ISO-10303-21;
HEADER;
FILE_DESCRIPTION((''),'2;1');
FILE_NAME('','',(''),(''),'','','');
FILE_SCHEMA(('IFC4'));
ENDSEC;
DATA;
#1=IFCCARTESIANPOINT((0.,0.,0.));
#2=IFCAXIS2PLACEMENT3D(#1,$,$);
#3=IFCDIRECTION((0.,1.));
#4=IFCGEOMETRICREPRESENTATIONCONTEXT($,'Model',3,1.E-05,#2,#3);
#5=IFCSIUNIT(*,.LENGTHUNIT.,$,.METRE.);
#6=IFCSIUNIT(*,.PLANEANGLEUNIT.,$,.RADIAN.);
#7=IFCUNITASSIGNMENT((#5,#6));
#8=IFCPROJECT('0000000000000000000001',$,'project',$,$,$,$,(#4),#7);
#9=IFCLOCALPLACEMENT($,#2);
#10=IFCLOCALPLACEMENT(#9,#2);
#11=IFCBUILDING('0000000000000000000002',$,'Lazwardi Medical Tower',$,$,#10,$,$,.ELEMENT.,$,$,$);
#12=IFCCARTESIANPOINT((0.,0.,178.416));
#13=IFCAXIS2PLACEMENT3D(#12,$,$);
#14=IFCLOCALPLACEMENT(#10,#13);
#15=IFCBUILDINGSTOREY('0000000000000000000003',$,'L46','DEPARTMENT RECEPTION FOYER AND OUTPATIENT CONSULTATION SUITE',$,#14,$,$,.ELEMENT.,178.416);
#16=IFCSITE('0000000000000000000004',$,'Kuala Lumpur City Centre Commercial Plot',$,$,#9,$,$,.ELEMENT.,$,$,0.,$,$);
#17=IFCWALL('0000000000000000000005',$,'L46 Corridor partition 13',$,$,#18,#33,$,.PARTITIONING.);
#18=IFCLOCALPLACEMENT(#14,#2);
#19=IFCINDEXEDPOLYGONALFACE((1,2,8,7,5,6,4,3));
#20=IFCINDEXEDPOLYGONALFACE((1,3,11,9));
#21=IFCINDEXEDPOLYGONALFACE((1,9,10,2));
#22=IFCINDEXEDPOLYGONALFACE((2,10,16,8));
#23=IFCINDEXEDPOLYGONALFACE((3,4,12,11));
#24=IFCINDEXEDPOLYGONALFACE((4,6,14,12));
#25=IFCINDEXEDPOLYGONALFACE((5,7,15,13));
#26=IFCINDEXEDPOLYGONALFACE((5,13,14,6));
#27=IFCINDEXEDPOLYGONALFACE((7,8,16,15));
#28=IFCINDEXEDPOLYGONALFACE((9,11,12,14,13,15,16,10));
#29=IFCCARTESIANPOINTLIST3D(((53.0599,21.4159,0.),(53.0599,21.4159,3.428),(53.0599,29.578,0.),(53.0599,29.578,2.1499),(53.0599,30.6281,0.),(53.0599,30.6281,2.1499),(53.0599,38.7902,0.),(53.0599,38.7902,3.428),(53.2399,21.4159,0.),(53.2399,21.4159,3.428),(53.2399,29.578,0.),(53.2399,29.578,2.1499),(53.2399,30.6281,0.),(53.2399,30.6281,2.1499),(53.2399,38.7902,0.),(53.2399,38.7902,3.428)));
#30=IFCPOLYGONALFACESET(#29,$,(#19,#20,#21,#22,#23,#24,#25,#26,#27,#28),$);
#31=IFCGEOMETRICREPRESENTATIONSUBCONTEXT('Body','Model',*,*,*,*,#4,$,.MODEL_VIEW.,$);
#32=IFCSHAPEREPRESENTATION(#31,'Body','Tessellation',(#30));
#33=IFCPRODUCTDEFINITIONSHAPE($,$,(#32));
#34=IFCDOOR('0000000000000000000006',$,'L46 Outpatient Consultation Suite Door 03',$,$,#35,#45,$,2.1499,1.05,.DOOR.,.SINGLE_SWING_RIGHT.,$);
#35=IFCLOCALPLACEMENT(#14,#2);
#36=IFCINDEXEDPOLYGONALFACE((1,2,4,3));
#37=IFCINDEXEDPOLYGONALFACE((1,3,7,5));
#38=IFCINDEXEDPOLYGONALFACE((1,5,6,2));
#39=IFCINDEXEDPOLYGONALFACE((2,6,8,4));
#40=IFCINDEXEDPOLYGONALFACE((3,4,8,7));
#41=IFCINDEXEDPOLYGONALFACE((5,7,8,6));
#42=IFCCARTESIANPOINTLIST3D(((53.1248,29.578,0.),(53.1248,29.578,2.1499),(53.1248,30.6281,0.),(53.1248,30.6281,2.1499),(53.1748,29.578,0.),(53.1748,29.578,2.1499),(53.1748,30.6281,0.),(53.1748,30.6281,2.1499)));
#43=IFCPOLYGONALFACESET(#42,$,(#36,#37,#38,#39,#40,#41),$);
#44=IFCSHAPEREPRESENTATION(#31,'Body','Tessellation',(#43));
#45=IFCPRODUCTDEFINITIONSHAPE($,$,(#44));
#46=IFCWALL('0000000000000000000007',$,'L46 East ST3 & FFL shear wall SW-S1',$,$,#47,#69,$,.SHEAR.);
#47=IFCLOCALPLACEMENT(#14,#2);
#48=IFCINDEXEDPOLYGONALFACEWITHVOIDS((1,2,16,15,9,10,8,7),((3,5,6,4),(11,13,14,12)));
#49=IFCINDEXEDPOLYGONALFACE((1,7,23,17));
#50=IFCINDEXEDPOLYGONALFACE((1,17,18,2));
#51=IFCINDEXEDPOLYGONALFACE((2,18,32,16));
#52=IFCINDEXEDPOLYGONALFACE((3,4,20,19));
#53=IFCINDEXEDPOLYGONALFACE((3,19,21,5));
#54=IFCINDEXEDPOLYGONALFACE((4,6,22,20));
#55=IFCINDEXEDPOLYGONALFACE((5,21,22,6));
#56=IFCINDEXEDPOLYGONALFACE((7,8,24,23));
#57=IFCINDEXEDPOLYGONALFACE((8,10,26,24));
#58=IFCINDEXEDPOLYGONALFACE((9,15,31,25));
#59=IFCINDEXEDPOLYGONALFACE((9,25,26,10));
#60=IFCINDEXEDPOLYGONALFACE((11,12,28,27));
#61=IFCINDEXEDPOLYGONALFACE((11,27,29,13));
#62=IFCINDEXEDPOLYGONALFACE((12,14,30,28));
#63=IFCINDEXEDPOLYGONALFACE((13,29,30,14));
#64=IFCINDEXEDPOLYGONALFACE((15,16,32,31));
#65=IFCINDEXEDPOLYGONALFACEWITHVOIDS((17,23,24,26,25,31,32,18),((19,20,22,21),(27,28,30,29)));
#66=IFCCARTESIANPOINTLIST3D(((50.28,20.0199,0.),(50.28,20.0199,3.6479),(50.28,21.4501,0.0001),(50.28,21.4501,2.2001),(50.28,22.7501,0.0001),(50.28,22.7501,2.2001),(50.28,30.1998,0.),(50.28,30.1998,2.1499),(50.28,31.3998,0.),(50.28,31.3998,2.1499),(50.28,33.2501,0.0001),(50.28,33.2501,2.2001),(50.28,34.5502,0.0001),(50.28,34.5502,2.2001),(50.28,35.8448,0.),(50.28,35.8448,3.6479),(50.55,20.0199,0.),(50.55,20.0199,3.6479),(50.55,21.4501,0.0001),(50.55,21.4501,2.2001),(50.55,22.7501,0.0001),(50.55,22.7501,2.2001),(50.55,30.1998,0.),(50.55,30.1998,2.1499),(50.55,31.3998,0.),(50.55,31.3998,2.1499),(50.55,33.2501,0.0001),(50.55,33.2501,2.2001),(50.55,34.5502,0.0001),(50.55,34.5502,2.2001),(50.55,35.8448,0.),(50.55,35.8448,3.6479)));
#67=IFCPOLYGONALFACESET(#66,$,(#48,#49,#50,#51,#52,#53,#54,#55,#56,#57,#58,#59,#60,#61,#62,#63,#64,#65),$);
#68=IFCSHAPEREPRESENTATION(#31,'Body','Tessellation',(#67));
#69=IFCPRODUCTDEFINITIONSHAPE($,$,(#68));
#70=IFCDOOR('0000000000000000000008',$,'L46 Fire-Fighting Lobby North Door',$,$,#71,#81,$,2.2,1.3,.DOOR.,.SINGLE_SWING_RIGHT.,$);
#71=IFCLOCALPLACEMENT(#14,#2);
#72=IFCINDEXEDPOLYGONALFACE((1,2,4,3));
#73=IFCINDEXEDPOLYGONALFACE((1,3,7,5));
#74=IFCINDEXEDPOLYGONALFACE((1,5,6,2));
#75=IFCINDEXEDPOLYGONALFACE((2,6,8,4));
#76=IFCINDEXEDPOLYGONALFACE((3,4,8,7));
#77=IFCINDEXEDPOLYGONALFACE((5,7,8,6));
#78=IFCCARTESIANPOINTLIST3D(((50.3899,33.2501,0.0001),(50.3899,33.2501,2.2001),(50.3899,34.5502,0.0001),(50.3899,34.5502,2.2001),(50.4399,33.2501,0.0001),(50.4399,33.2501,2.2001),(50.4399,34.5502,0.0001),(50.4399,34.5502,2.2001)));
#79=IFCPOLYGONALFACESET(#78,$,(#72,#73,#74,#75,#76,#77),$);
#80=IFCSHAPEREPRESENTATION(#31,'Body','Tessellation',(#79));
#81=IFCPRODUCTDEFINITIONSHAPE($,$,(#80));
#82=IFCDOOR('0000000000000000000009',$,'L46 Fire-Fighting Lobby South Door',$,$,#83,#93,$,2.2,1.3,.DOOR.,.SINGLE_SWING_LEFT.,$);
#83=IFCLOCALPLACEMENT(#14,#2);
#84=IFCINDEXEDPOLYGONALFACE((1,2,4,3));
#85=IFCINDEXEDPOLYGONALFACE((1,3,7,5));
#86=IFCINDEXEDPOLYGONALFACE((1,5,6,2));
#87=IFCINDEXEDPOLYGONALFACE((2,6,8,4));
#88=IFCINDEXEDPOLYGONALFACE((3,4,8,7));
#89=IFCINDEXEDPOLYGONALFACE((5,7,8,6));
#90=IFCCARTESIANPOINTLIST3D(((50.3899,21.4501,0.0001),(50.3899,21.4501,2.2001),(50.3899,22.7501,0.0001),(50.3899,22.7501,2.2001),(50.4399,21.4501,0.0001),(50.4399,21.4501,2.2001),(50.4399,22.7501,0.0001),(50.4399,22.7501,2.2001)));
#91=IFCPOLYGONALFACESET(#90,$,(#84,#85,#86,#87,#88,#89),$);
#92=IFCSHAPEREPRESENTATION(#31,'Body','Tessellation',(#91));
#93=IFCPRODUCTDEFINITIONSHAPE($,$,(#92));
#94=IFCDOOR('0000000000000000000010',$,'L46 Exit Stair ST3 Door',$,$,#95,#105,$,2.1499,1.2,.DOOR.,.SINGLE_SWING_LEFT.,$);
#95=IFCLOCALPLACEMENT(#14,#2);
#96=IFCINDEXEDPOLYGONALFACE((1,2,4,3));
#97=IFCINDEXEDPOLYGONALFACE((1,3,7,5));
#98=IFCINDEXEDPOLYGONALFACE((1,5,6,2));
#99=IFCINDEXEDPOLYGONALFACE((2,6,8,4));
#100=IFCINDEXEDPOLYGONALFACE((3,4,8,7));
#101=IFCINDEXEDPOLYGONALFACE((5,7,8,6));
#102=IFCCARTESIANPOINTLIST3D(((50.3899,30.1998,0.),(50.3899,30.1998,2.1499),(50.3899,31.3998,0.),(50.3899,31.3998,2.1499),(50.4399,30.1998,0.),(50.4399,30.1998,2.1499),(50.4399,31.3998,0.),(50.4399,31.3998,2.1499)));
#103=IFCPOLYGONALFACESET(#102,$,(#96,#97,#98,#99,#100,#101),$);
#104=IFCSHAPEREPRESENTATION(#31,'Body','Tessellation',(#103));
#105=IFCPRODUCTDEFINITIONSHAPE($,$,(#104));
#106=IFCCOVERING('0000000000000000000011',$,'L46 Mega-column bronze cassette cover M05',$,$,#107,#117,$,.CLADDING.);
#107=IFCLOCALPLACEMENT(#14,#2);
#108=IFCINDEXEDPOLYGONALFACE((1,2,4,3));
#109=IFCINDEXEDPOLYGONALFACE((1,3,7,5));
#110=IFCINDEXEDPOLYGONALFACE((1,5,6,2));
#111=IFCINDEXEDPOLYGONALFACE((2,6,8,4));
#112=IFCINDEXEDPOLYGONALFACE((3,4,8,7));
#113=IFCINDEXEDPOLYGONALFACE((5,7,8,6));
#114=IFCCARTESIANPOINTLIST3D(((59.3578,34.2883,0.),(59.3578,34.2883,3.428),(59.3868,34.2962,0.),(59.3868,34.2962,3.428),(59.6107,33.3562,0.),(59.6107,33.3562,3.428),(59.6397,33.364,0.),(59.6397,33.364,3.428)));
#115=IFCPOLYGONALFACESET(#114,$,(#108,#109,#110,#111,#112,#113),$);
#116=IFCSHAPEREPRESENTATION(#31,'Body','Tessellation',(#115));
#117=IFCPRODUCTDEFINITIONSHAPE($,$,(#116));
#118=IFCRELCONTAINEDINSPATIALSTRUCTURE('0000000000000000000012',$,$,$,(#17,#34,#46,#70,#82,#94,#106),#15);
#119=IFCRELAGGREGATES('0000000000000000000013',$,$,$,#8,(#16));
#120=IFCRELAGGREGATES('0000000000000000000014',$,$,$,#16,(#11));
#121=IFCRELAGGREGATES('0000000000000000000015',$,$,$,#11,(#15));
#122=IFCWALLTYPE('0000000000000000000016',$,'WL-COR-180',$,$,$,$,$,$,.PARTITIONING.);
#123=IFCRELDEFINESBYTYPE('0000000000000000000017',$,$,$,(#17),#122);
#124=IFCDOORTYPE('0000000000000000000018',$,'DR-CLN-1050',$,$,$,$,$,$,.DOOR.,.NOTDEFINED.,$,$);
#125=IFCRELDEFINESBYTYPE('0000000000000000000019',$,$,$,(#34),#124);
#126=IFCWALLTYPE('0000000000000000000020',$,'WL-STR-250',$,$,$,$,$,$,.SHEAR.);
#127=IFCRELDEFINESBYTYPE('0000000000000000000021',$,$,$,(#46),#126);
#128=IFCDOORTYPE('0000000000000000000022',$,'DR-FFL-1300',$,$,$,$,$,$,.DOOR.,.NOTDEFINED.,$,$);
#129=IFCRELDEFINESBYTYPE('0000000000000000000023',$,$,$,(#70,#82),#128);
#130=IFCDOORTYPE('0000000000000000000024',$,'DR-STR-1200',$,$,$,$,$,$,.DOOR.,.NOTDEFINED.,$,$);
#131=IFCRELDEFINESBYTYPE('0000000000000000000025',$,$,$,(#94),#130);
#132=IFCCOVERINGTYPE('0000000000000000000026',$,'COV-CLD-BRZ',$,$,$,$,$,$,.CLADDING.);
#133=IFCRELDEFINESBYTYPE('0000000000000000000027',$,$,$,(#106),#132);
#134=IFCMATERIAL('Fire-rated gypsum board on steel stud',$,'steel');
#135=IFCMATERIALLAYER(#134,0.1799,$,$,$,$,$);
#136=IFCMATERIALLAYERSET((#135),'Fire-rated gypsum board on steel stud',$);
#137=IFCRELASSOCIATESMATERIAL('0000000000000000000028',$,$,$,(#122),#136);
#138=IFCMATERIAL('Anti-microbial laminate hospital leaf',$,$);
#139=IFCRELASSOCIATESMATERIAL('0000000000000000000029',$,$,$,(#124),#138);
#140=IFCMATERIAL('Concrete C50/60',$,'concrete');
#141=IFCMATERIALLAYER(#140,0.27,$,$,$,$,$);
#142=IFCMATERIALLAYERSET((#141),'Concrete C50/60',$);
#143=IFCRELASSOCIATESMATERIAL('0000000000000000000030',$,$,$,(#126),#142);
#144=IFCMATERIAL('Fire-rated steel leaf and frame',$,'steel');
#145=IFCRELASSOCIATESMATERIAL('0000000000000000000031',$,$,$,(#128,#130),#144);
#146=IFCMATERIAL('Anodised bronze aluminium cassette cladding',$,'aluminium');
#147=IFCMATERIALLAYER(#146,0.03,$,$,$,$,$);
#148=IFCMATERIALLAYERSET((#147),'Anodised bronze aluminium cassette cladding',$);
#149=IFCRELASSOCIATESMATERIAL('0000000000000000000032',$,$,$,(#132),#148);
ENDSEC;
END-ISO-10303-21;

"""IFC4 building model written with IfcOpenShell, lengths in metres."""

from ifc_helpers import new_model, si_unit, direction, frame, frame_2d, origin, origin_2d, place, context, subcontext, project, spatial, rectangle, extrude, material, layer, layer_set, type_object, element, fill, save


model = new_model("IFC4")

# Units and contexts
model_context = context("Model", 3, precision=1e-05, world=origin(), true_north=direction((0.0, 1.0)))
body_context = subcontext(model_context, "Body", "Model", "MODEL_VIEW")
ifc_project = project(units=[si_unit("LENGTHUNIT", "METRE"), si_unit("PLANEANGLEUNIT", "RADIAN")], contexts=[model_context])

# Site, building, storey
site_placement = place(None, origin())
site = spatial("IfcSite", under=ifc_project, at=site_placement, Name="Kuala Lumpur City Centre Commercial Plot", CompositionType="ELEMENT", RefElevation=0.0)
building_placement = place(site_placement, origin())
building = spatial("IfcBuilding", under=site, at=building_placement, Name="Lazwardi Medical Tower", CompositionType="ELEMENT")
storey_placement = place(building_placement, frame((0.0, 0.0, 178.416)))
storey = spatial("IfcBuildingStorey", under=building, at=storey_placement, Name="L46", Description="DEPARTMENT RECEPTION FOYER AND OUTPATIENT CONSULTATION SUITE", CompositionType="ELEMENT", Elevation=178.416)

# Wall, opening, door
ifc_material_1 = material(Name="Fire-rated gypsum board on steel stud", Category="steel")
ifc_layer_1 = layer(ifc_material_1, 0.1799)
ifc_layer_set_1 = layer_set([ifc_layer_1], Name="Fire-rated gypsum board on steel stud")
wall_type_1 = type_object("IfcWallType", Name="WL-COR-180", PredefinedType="PARTITIONING", material=ifc_layer_set_1)
wall_1_placement = place(storey_placement, frame((53.1499, 38.79, 0.0), z_axis=(0.0, 0.0, 1.0), x_axis=(0.0, -1.0, 0.0)))
wall_1 = element("IfcWall", 1, at=wall_1_placement, inside=storey, type_object=wall_type_1, Name="L46 Corridor partition 13", PredefinedType="PARTITIONING", context=body_context, shape_type="SweptSolid", body=[
    extrude(rectangle(XDim=17.3743, YDim=0.1799, at=frame_2d((8.687, 0.0))), origin(), (0.0, 0.0, 1.0), 3.428),
])
opening_1_placement = place(wall_1_placement, frame((8.1621, 0.0, 0.0)))
opening_1 = element("IfcOpeningElement", 2, at=opening_1_placement, cuts=wall_1, PredefinedType="OPENING", context=body_context, shape_type="SweptSolid", body=[
    extrude(rectangle(XDim=1.05, YDim=2.1499, at=frame_2d((0.5249, 1.075))), frame((0.0, 0.0999, 0.0), z_axis=(0.0, -1.0, 0.0), x_axis=(1.0, 0.0, 0.0)), (0.0, 0.0, 1.0), 0.2),
])
ifc_material_2 = material(Name="Anti-microbial laminate hospital leaf")
door_type_1 = type_object("IfcDoorType", Name="DR-CLN-1050", OperationType="NOTDEFINED", PredefinedType="DOOR", material=ifc_material_2)
door_1_placement = place(opening_1_placement, origin())
door_1 = element("IfcDoor", 3, at=door_1_placement, inside=storey, type_object=door_type_1, Name="L46 Outpatient Consultation Suite Door 03", OperationType="SINGLE_SWING_RIGHT", OverallHeight=2.1499, OverallWidth=1.05, PredefinedType="DOOR", context=body_context, shape_type="SweptSolid", body=[
    extrude(rectangle(XDim=1.05, YDim=2.1499, at=frame_2d((0.5249, 1.075))), frame((0.0, 0.0249, 0.0), z_axis=(0.0, -1.0, 0.0), x_axis=(1.0, 0.0, 0.0)), (0.0, 0.0, 1.0), 0.05),
])
fill(opening_1, door_1)

# Wall, openings, doors
ifc_material_3 = material(Name="Concrete C50/60", Category="concrete")
ifc_layer_2 = layer(ifc_material_3, 0.27)
ifc_layer_set_2 = layer_set([ifc_layer_2], Name="Concrete C50/60")
wall_type_2 = type_object("IfcWallType", Name="WL-STR-250", PredefinedType="SHEAR", material=ifc_layer_set_2)
wall_2_placement = place(storey_placement, frame((50.415, 35.845, 0.0), z_axis=(0.0, 0.0, 1.0), x_axis=(0.0, -1.0, 0.0)))
wall_2 = element("IfcWall", 4, at=wall_2_placement, inside=storey, type_object=wall_type_2, Name="L46 East ST3 & FFL shear wall SW-S1", PredefinedType="SHEAR", context=body_context, shape_type="SweptSolid", body=[
    extrude(rectangle(XDim=15.825, YDim=0.27, at=frame_2d((7.9126, 0.0))), origin(), (0.0, 0.0, 1.0), 3.6479),
])
opening_2_placement = place(wall_2_placement, frame((4.4451, 0.0, 0.0)))
opening_2 = element("IfcOpeningElement", 5, at=opening_2_placement, cuts=wall_2, PredefinedType="OPENING", context=body_context, shape_type="SweptSolid", body=[
    extrude(rectangle(XDim=1.2, YDim=2.1499, at=frame_2d((0.6001, 1.075))), frame((0.0, 0.145, 0.0), z_axis=(0.0, -1.0, 0.0), x_axis=(1.0, 0.0, 0.0)), (0.0, 0.0, 1.0), 0.29),
])
opening_3_placement = place(wall_2_placement, frame((1.2949, 0.0, 0.0)))
opening_3 = element("IfcOpeningElement", 6, at=opening_3_placement, cuts=wall_2, PredefinedType="OPENING", context=body_context, shape_type="SweptSolid", body=[
    extrude(rectangle(XDim=1.3, YDim=2.2, at=frame_2d((0.6499, 1.1001))), frame((0.0, 0.145, 0.0), z_axis=(0.0, -1.0, 0.0), x_axis=(1.0, 0.0, 0.0)), (0.0, 0.0, 1.0), 0.29),
])
opening_4_placement = place(wall_2_placement, frame((13.095, 0.0, 0.0)))
opening_4 = element("IfcOpeningElement", 7, at=opening_4_placement, cuts=wall_2, PredefinedType="OPENING", context=body_context, shape_type="SweptSolid", body=[
    extrude(rectangle(XDim=1.3, YDim=2.2, at=frame_2d((0.6499, 1.1001))), frame((0.0, 0.145, 0.0), z_axis=(0.0, -1.0, 0.0), x_axis=(1.0, 0.0, 0.0)), (0.0, 0.0, 1.0), 0.29),
])
ifc_material_4 = material(Name="Fire-rated steel leaf and frame", Category="steel")
door_type_2 = type_object("IfcDoorType", Name="DR-FFL-1300", OperationType="NOTDEFINED", PredefinedType="DOOR", material=ifc_material_4)
door_2_placement = place(opening_3_placement, origin())
door_2 = element("IfcDoor", 8, at=door_2_placement, inside=storey, type_object=door_type_2, Name="L46 Fire-Fighting Lobby North Door", OperationType="SINGLE_SWING_RIGHT", OverallHeight=2.2, OverallWidth=1.3, PredefinedType="DOOR", context=body_context, shape_type="SweptSolid", body=[
    extrude(rectangle(XDim=1.3, YDim=2.2, at=frame_2d((0.6499, 1.1001))), frame((0.0, 0.0249, 0.0), z_axis=(0.0, -1.0, 0.0), x_axis=(1.0, 0.0, 0.0)), (0.0, 0.0, 1.0), 0.05),
])
fill(opening_3, door_2)
door_3_placement = place(opening_4_placement, origin())
door_3 = element("IfcDoor", 9, at=door_3_placement, inside=storey, type_object=door_type_2, Name="L46 Fire-Fighting Lobby South Door", OperationType="SINGLE_SWING_LEFT", OverallHeight=2.2, OverallWidth=1.3, PredefinedType="DOOR", context=body_context, shape_type="SweptSolid", body=[
    extrude(rectangle(XDim=1.3, YDim=2.2, at=frame_2d((0.6499, 1.1001))), frame((0.0, 0.0249, 0.0), z_axis=(0.0, -1.0, 0.0), x_axis=(1.0, 0.0, 0.0)), (0.0, 0.0, 1.0), 0.05),
])
fill(opening_4, door_3)
door_type_3 = type_object("IfcDoorType", Name="DR-STR-1200", OperationType="NOTDEFINED", PredefinedType="DOOR", material=ifc_material_4)
door_4_placement = place(opening_2_placement, origin())
door_4 = element("IfcDoor", 10, at=door_4_placement, inside=storey, type_object=door_type_3, Name="L46 Exit Stair ST3 Door", OperationType="SINGLE_SWING_LEFT", OverallHeight=2.1499, OverallWidth=1.2, PredefinedType="DOOR", context=body_context, shape_type="SweptSolid", body=[
    extrude(rectangle(XDim=1.2, YDim=2.1499, at=frame_2d((0.6001, 1.075))), frame((0.0, 0.0249, 0.0), z_axis=(0.0, -1.0, 0.0), x_axis=(1.0, 0.0, 0.0)), (0.0, 0.0, 1.0), 0.05),
])
fill(opening_2, door_4)

# Covering
ifc_material_5 = material(Name="Anodised bronze aluminium cassette cladding", Category="aluminium")
ifc_layer_3 = layer(ifc_material_5, 0.03)
ifc_layer_set_3 = layer_set([ifc_layer_3], Name="Anodised bronze aluminium cassette cladding")
covering_type = type_object("IfcCoveringType", Name="COV-CLD-BRZ", PredefinedType="CLADDING", material=ifc_layer_set_3)
covering_placement = place(storey_placement, frame((59.4988, 33.8262, 0.0), z_axis=(0.0, 0.0, 1.0), x_axis=(-0.261829, 0.965114, 0.0)))
element("IfcCovering", 11, at=covering_placement, inside=storey, type_object=covering_type, Name="L46 Mega-column bronze cassette cover M05", PredefinedType="CLADDING", context=body_context, shape_type="SweptSolid", body=[
    extrude(rectangle(XDim=0.9658, YDim=0.03, at=origin_2d()), origin(), (0.0, 0.0, 1.0), 3.428),
])

save(model, "model.ifc")
